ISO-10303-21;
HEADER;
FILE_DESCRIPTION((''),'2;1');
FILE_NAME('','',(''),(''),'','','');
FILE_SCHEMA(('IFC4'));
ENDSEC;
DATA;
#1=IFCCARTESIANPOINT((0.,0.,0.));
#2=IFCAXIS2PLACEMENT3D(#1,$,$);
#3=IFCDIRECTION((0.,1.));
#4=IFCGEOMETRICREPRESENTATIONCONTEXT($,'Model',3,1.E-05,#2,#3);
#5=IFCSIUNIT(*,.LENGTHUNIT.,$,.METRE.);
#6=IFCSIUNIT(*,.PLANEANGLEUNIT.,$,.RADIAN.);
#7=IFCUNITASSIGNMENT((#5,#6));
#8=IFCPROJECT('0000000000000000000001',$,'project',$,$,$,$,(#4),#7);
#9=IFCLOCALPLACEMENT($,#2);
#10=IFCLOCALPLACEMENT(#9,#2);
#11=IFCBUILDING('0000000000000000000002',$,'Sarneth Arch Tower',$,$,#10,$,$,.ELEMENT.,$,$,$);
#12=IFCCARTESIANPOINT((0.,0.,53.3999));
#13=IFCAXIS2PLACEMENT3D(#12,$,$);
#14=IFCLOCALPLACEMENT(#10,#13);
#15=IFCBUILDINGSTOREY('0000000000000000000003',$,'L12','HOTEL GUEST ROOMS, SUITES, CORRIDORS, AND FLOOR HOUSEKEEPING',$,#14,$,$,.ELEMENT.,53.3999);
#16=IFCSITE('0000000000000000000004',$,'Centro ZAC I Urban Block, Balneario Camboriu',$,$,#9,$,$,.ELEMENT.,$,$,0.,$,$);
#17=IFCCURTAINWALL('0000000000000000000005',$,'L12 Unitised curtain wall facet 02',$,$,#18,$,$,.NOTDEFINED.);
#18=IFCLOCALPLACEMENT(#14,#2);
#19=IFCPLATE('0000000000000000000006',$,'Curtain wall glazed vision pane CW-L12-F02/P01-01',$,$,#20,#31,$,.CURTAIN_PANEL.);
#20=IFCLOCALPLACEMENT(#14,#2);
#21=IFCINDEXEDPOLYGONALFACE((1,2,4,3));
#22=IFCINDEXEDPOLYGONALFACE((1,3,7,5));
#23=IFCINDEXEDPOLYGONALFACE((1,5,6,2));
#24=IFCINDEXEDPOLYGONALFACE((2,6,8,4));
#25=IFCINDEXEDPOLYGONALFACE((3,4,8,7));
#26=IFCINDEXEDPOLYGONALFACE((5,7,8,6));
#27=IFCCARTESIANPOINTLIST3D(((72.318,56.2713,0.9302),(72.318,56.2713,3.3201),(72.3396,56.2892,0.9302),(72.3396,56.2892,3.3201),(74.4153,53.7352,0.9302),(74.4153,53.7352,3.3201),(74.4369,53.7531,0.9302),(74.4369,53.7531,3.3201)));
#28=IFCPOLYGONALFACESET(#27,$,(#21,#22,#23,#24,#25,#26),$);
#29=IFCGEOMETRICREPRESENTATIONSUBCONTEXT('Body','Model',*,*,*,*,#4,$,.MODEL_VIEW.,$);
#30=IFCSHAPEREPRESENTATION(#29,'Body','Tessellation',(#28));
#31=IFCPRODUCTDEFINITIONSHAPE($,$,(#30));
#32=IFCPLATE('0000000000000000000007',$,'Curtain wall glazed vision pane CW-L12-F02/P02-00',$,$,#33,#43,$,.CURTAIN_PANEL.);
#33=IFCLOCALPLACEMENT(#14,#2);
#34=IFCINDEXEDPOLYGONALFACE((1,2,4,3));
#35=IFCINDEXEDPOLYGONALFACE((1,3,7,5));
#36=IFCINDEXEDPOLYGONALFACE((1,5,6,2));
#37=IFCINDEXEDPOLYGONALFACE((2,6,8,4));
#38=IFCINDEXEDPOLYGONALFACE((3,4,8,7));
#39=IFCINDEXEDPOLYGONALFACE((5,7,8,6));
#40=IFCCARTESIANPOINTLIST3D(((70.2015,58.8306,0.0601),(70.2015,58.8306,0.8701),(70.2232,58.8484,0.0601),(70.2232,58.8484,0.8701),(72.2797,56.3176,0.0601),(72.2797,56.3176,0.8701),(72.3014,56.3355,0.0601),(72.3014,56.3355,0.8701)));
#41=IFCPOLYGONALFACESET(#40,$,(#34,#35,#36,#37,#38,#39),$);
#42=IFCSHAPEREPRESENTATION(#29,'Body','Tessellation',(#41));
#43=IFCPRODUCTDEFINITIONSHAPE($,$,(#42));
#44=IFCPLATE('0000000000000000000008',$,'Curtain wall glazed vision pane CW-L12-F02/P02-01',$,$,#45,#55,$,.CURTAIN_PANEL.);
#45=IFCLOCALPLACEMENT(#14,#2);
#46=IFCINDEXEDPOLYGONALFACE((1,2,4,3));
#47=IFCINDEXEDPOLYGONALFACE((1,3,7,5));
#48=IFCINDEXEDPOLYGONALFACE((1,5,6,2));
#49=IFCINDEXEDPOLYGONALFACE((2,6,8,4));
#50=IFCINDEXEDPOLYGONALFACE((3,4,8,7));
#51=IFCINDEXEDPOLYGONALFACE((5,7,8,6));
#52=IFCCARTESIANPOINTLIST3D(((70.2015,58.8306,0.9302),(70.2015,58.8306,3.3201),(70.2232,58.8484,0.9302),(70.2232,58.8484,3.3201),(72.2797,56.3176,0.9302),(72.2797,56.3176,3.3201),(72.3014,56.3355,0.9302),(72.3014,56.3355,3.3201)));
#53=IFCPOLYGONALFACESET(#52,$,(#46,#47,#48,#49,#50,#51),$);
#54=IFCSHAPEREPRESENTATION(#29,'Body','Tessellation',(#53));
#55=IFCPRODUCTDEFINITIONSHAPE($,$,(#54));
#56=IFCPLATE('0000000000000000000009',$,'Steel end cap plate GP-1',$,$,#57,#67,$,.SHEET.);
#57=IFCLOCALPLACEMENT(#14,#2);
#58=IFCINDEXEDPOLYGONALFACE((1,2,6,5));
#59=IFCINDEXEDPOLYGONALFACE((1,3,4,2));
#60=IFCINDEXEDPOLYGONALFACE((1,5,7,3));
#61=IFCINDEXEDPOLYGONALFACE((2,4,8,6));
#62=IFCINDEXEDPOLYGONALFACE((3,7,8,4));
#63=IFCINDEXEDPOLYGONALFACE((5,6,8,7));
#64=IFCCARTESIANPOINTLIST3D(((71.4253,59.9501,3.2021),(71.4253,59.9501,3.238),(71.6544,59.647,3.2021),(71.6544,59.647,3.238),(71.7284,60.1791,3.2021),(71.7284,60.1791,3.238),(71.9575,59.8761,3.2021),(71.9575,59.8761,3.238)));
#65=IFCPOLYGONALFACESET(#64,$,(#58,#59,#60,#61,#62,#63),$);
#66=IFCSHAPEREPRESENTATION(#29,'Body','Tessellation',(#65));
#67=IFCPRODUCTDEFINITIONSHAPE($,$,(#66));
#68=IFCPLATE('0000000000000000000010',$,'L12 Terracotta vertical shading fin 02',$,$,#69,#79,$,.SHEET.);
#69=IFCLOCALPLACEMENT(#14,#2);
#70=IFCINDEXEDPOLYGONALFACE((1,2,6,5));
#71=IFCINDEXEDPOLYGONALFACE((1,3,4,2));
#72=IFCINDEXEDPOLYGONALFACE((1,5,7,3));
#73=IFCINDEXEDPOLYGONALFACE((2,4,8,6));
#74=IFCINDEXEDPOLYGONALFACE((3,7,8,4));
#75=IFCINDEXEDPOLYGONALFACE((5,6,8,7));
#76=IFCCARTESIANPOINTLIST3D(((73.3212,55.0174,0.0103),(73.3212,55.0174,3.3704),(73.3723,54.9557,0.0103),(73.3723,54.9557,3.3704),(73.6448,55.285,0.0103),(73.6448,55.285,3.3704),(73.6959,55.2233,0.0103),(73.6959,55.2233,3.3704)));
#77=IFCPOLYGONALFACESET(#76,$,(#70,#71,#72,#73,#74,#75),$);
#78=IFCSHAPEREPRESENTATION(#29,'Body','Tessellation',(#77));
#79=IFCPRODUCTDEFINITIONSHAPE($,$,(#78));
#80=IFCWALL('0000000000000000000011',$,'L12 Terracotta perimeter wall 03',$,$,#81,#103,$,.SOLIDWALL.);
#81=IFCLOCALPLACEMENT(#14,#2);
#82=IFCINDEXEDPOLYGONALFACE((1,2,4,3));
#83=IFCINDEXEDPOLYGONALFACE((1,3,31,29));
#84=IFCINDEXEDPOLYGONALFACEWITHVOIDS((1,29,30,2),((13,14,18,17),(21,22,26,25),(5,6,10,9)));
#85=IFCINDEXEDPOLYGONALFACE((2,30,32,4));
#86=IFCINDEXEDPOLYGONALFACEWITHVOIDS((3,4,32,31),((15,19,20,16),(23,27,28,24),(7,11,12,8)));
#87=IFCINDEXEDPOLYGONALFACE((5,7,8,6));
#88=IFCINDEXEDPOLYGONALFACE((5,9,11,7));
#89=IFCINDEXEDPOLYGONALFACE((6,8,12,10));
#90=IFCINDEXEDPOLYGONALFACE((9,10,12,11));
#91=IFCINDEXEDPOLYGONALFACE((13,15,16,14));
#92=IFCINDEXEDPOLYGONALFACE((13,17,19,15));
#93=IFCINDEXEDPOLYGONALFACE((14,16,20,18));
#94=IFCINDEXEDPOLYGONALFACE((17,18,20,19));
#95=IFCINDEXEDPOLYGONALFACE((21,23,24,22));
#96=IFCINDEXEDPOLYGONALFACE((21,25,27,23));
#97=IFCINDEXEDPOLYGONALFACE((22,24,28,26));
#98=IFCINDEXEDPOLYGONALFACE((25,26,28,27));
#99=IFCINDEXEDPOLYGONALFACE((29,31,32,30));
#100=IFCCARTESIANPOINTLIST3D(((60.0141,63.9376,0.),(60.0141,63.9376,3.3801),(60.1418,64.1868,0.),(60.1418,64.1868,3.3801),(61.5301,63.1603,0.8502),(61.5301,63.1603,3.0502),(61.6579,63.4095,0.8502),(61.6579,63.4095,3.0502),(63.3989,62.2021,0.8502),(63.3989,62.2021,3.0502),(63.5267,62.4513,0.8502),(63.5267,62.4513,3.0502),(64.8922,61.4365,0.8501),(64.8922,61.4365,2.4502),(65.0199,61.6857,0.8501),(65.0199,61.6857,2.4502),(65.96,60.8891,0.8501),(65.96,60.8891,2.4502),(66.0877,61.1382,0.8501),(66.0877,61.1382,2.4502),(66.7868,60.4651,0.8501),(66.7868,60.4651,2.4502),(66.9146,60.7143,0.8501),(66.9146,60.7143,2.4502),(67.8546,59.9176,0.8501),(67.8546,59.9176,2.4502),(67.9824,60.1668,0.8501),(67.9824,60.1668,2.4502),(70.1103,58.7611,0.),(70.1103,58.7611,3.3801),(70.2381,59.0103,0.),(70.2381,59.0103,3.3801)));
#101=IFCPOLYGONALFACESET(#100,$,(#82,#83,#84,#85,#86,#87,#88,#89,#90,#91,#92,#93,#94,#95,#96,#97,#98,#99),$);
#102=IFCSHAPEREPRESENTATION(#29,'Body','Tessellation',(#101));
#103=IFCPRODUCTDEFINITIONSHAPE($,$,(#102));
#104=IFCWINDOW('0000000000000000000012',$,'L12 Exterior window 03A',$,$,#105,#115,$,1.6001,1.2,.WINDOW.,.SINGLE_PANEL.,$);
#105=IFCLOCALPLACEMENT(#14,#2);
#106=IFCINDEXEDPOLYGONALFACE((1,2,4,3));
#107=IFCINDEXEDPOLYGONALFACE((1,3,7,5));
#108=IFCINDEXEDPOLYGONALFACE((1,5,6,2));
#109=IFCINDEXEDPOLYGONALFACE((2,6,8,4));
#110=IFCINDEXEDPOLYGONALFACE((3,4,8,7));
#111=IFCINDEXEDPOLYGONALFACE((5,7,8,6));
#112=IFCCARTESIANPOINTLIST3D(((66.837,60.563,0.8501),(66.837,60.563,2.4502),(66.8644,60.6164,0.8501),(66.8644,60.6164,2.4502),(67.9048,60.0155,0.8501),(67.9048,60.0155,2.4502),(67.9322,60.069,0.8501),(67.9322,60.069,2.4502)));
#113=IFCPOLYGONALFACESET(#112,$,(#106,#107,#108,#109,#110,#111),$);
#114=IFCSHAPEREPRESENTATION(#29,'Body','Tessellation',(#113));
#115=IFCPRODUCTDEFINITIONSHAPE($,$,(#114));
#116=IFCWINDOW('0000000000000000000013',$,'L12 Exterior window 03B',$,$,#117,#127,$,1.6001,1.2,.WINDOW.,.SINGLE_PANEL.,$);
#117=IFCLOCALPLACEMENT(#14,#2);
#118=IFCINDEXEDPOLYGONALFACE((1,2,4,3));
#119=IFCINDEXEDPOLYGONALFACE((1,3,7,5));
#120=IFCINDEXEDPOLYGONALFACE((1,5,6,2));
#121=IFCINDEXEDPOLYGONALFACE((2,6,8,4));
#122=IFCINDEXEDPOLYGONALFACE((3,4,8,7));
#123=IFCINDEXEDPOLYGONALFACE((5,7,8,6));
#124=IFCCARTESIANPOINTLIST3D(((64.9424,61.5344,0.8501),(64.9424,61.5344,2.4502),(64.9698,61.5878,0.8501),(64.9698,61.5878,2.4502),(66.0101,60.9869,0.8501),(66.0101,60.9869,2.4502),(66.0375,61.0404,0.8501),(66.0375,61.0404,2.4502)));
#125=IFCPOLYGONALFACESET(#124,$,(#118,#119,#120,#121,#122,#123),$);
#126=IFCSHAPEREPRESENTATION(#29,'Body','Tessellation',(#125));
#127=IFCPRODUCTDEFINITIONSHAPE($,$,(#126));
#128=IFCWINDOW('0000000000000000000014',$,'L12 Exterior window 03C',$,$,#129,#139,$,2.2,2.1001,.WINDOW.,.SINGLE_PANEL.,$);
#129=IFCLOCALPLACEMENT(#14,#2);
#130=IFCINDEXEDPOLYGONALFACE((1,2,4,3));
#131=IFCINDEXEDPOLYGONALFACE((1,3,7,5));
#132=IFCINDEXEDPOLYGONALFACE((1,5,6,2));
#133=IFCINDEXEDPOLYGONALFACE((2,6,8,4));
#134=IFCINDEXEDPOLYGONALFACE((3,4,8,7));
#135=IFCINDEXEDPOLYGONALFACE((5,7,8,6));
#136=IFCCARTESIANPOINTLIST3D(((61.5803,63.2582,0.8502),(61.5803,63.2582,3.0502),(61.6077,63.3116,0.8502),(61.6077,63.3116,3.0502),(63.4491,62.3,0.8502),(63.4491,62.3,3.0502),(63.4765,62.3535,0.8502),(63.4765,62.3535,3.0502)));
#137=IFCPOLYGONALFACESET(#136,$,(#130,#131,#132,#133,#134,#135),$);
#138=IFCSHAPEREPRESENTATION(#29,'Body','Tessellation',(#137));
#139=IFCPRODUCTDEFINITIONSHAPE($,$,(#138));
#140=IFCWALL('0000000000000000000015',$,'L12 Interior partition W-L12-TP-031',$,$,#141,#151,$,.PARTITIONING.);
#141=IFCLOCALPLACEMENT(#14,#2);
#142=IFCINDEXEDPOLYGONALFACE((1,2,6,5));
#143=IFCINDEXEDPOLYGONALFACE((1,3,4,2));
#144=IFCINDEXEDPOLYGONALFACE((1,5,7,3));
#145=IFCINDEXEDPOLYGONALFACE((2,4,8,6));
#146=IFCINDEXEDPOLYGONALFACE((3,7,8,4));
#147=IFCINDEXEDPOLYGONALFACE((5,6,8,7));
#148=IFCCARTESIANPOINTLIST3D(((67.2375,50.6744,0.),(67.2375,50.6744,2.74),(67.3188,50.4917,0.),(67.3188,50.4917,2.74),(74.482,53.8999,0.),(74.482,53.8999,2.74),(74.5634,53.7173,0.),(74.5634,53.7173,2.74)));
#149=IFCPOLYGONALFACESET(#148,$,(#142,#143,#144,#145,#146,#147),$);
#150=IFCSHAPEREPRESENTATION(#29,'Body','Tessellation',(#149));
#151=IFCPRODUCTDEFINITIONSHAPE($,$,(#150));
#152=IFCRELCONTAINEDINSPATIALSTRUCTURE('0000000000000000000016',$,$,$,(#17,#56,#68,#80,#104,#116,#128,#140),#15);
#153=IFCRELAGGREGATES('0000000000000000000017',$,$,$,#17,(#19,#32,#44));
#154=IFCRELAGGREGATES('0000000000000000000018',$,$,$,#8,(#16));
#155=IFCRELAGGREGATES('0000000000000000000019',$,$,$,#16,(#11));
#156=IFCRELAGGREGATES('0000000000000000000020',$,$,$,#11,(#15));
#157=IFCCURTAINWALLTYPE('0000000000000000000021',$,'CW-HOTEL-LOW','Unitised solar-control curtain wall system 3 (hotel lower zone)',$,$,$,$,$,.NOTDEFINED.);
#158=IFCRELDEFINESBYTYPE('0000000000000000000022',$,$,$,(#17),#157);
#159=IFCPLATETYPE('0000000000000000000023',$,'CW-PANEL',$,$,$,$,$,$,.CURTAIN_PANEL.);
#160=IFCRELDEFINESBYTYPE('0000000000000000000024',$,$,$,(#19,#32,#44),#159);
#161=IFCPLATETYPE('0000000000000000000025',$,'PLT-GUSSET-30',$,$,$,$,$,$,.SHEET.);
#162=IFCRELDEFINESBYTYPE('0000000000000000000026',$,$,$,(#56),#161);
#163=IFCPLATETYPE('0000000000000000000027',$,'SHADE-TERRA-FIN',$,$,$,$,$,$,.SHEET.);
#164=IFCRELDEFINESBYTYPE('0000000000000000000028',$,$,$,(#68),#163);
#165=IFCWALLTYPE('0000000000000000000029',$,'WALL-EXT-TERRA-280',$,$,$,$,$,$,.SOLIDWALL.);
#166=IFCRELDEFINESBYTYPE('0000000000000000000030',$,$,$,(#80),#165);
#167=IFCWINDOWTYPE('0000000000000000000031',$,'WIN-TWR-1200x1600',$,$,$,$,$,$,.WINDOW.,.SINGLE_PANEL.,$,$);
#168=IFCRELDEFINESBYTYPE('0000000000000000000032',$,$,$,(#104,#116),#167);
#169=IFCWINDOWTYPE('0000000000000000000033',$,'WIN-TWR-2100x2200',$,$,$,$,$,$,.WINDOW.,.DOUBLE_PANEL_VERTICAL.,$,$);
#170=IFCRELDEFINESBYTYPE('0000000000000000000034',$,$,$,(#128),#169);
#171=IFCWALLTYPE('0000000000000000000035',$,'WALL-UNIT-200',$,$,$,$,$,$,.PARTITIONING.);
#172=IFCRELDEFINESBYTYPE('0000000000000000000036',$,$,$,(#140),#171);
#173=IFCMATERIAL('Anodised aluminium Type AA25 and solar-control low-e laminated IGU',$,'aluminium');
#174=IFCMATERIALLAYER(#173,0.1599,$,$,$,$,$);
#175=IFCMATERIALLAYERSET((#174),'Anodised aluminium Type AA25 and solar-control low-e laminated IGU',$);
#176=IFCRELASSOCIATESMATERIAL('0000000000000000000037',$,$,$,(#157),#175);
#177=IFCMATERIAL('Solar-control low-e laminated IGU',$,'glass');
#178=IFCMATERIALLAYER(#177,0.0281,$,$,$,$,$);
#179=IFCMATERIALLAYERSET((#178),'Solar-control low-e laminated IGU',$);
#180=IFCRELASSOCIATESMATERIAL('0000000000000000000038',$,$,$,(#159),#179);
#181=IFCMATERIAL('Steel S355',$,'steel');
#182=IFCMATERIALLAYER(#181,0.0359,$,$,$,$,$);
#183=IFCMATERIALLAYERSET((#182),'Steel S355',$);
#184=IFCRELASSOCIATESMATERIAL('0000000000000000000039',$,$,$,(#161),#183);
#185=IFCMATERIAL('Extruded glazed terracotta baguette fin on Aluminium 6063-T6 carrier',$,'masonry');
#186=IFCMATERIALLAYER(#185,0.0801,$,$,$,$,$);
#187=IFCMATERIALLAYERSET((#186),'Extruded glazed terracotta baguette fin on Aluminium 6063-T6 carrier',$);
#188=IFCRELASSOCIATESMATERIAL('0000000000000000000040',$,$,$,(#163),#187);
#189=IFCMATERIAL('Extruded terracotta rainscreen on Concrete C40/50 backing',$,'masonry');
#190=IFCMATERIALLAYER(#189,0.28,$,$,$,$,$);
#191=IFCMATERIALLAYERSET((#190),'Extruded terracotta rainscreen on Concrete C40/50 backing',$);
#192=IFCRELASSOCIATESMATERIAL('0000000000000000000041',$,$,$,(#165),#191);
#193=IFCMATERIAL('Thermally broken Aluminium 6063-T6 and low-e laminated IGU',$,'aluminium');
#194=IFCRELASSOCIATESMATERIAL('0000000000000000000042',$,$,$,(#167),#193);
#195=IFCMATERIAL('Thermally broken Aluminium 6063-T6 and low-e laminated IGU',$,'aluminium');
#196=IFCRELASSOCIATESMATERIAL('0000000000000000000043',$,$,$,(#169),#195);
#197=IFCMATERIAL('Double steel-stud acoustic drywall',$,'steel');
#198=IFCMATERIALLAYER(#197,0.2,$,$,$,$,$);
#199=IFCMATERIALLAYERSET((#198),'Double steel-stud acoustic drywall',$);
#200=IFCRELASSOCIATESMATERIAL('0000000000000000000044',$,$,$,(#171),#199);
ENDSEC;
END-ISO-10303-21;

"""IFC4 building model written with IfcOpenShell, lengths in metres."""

from ifc_helpers import new_model, si_unit, direction, frame, frame_2d, origin, origin_2d, place, context, subcontext, project, spatial, rectangle, extrude, material, layer, layer_set, type_object, element, fill, aggregate, save


model = new_model("IFC4")

# Units and contexts
model_context = context("Model", 3, precision=1e-05, world=origin(), true_north=direction((0.0, 1.0)))
body_context = subcontext(model_context, "Body", "Model", "MODEL_VIEW")
ifc_project = project(units=[si_unit("LENGTHUNIT", "METRE"), si_unit("PLANEANGLEUNIT", "RADIAN")], contexts=[model_context])

# Site, building, storey
site_placement = place(None, origin())
site = spatial("IfcSite", under=ifc_project, at=site_placement, Name="Centro ZAC I Urban Block, Balneario Camboriu", CompositionType="ELEMENT", RefElevation=0.0)
building_placement = place(site_placement, origin())
building = spatial("IfcBuilding", under=site, at=building_placement, Name="Sarneth Arch Tower", CompositionType="ELEMENT")
storey_placement = place(building_placement, frame((0.0, 0.0, 53.3999)))
storey = spatial("IfcBuildingStorey", under=building, at=storey_placement, Name="L12", Description="HOTEL GUEST ROOMS, SUITES, CORRIDORS, AND FLOOR HOUSEKEEPING", CompositionType="ELEMENT", Elevation=53.3999)

# Curtain wall
ifc_material_1 = material(Name="Anodised aluminium Type AA25 and solar-control low-e laminated IGU", Category="aluminium")
ifc_layer_1 = layer(ifc_material_1, 0.1599)
ifc_layer_set_1 = layer_set([ifc_layer_1], Name="Anodised aluminium Type AA25 and solar-control low-e laminated IGU")
curtain_wall_type = type_object("IfcCurtainWallType", Name="CW-HOTEL-LOW", Description="Unitised solar-control curtain wall system 3 (hotel lower zone)", PredefinedType="NOTDEFINED", material=ifc_layer_set_1)
curtain_wall_placement = place(storey_placement, origin())
curtain_wall = element("IfcCurtainWall", 1, at=curtain_wall_placement, inside=storey, type_object=curtain_wall_type, Name="L12 Unitised curtain wall facet 02", PredefinedType="NOTDEFINED")

# Plates
ifc_material_2 = material(Name="Solar-control low-e laminated IGU", Category="glass")
ifc_layer_2 = layer(ifc_material_2, 0.0281)
ifc_layer_set_2 = layer_set([ifc_layer_2], Name="Solar-control low-e laminated IGU")
plate_type_1 = type_object("IfcPlateType", Name="CW-PANEL", PredefinedType="CURTAIN_PANEL", material=ifc_layer_set_2)
plate_1_placement = place(storey_placement, frame((73.3774, 55.0122, 0.9302), z_axis=(0.0, 0.0, 1.0), x_axis=(-0.637291, 0.770623, 0.0)))
plate_1 = element("IfcPlate", 2, at=plate_1_placement, type_object=plate_type_1, Name="Curtain wall glazed vision pane CW-L12-F02/P01-01", PredefinedType="CURTAIN_PANEL", context=body_context, shape_type="SweptSolid", body=[
    extrude(rectangle(XDim=3.291, YDim=0.0281, at=origin_2d()), origin(), (0.0, 0.0, 1.0), 2.3899),
])
plate_2_placement = place(storey_placement, frame((71.2515, 57.583, 0.0601), z_axis=(0.0, 0.0, 1.0), x_axis=(-0.637291, 0.770623, 0.0)))
plate_2 = element("IfcPlate", 3, at=plate_2_placement, type_object=plate_type_1, Name="Curtain wall glazed vision pane CW-L12-F02/P02-00", PredefinedType="CURTAIN_PANEL", context=body_context, shape_type="SweptSolid", body=[
    extrude(rectangle(XDim=3.261, YDim=0.0281, at=origin_2d()), origin(), (0.0, 0.0, 1.0), 0.8101),
])
plate_3_placement = place(storey_placement, frame((71.2515, 57.583, 0.9302), z_axis=(0.0, 0.0, 1.0), x_axis=(-0.637291, 0.770623, 0.0)))
plate_3 = element("IfcPlate", 4, at=plate_3_placement, type_object=plate_type_1, Name="Curtain wall glazed vision pane CW-L12-F02/P02-01", PredefinedType="CURTAIN_PANEL", context=body_context, shape_type="SweptSolid", body=[
    extrude(rectangle(XDim=3.261, YDim=0.0281, at=origin_2d()), origin(), (0.0, 0.0, 1.0), 2.3899),
])
aggregate(curtain_wall, [plate_1, plate_2, plate_3])

# Plates
ifc_material_3 = material(Name="Steel S355", Category="steel")
ifc_layer_3 = layer(ifc_material_3, 0.0359)
ifc_layer_set_3 = layer_set([ifc_layer_3], Name="Steel S355")
plate_type_2 = type_object("IfcPlateType", Name="PLT-GUSSET-30", PredefinedType="SHEET", material=ifc_layer_set_3)
plate_4_placement = place(storey_placement, frame((71.6914, 59.9131, 3.2021), z_axis=(0.0, 0.0, 1.0), x_axis=(0.797689, 0.603069, 0.0)))
element("IfcPlate", 5, at=plate_4_placement, inside=storey, type_object=plate_type_2, Name="Steel end cap plate GP-1", PredefinedType="SHEET", context=body_context, shape_type="SweptSolid", body=[
    extrude(rectangle(XDim=0.3799, YDim=0.3799, at=origin_2d()), origin(), (0.0, 0.0, 1.0), 0.0359),
])
ifc_material_4 = material(Name="Extruded glazed terracotta baguette fin on Aluminium 6063-T6 carrier", Category="masonry")
ifc_layer_4 = layer(ifc_material_4, 0.0801)
ifc_layer_set_4 = layer_set([ifc_layer_4], Name="Extruded glazed terracotta baguette fin on Aluminium 6063-T6 carrier")
plate_type_3 = type_object("IfcPlateType", Name="SHADE-TERRA-FIN", PredefinedType="SHEET", material=ifc_layer_set_4)
plate_5_placement = place(storey_placement, frame((73.5085, 55.1204, 0.0103), z_axis=(0.0, 0.0, 1.0), x_axis=(0.770624, 0.63729, 0.0)))
element("IfcPlate", 6, at=plate_5_placement, inside=storey, type_object=plate_type_3, Name="L12 Terracotta vertical shading fin 02", PredefinedType="SHEET", context=body_context, shape_type="SweptSolid", body=[
    extrude(rectangle(XDim=0.4199, YDim=0.0801, at=origin_2d()), origin(), (0.0, 0.0, 1.0), 3.3601),
])

# Wall, openings, windows
ifc_material_5 = material(Name="Extruded terracotta rainscreen on Concrete C40/50 backing", Category="masonry")
ifc_layer_5 = layer(ifc_material_5, 0.28)
ifc_layer_set_5 = layer_set([ifc_layer_5], Name="Extruded terracotta rainscreen on Concrete C40/50 backing")
wall_type_1 = type_object("IfcWallType", Name="WALL-EXT-TERRA-280", PredefinedType="SOLIDWALL", material=ifc_layer_set_5)
wall_1_placement = place(storey_placement, frame((70.1741, 58.8857, 0.0), z_axis=(0.0, 0.0, 1.0), x_axis=(-0.889854, 0.456245, 0.0)))
wall_1 = element("IfcWall", 7, at=wall_1_placement, inside=storey, type_object=wall_type_1, Name="L12 Terracotta perimeter wall 03", PredefinedType="SOLIDWALL", context=body_context, shape_type="SweptSolid", body=[
    extrude(rectangle(XDim=11.3459, YDim=0.28, at=frame_2d((5.6729, 0.0))), origin(), (0.0, 0.0, 1.0), 3.3801),
])
opening_1_placement = place(wall_1_placement, frame((2.5347, 0.0, 0.8501)))
opening_1 = element("IfcOpeningElement", 8, at=opening_1_placement, cuts=wall_1, PredefinedType="OPENING", context=body_context, shape_type="SweptSolid", body=[
    extrude(rectangle(XDim=1.2, YDim=1.6001, at=frame_2d((0.6001, 0.8))), frame((0.0, 0.1499, 0.0), z_axis=(0.0, -1.0, 0.0), x_axis=(1.0, 0.0, 0.0)), (0.0, 0.0, 1.0), 0.3),
])
opening_2_placement = place(wall_1_placement, frame((4.6638, 0.0, 0.8501)))
opening_2 = element("IfcOpeningElement", 9, at=opening_2_placement, cuts=wall_1, PredefinedType="OPENING", context=body_context, shape_type="SweptSolid", body=[
    extrude(rectangle(XDim=1.2, YDim=1.6001, at=frame_2d((0.6001, 0.8))), frame((0.0, 0.1499, 0.0), z_axis=(0.0, -1.0, 0.0), x_axis=(1.0, 0.0, 0.0)), (0.0, 0.0, 1.0), 0.3),
])
opening_3_placement = place(wall_1_placement, frame((7.542, 0.0, 0.8501)))
opening_3 = element("IfcOpeningElement", 10, at=opening_3_placement, cuts=wall_1, PredefinedType="OPENING", context=body_context, shape_type="SweptSolid", body=[
    extrude(rectangle(XDim=2.1001, YDim=2.2, at=frame_2d((1.05, 1.1001))), frame((0.0, 0.1499, 0.0), z_axis=(0.0, -1.0, 0.0), x_axis=(1.0, 0.0, 0.0)), (0.0, 0.0, 1.0), 0.3),
])
ifc_material_6 = material(Name="Thermally broken Aluminium 6063-T6 and low-e laminated IGU", Category="aluminium")
window_type_1 = type_object("IfcWindowType", Name="WIN-TWR-1200x1600", PartitioningType="SINGLE_PANEL", PredefinedType="WINDOW", material=ifc_material_6)
window_1_placement = place(opening_1_placement, origin())
window_1 = element("IfcWindow", 11, at=window_1_placement, inside=storey, type_object=window_type_1, Name="L12 Exterior window 03A", OverallHeight=1.6001, OverallWidth=1.2, PartitioningType="SINGLE_PANEL", PredefinedType="WINDOW", context=body_context, shape_type="SweptSolid", body=[
    extrude(rectangle(XDim=1.2, YDim=1.6001, at=frame_2d((0.6001, 0.8))), frame((0.0, 0.03, 0.0), z_axis=(0.0, -1.0, 0.0), x_axis=(1.0, 0.0, 0.0)), (0.0, 0.0, 1.0), 0.0601),
])
fill(opening_1, window_1)
window_2_placement = place(opening_2_placement, origin())
window_2 = element("IfcWindow", 12, at=window_2_placement, inside=storey, type_object=window_type_1, Name="L12 Exterior window 03B", OverallHeight=1.6001, OverallWidth=1.2, PartitioningType="SINGLE_PANEL", PredefinedType="WINDOW", context=body_context, shape_type="SweptSolid", body=[
    extrude(rectangle(XDim=1.2, YDim=1.6001, at=frame_2d((0.6001, 0.8))), frame((0.0, 0.03, 0.0), z_axis=(0.0, -1.0, 0.0), x_axis=(1.0, 0.0, 0.0)), (0.0, 0.0, 1.0), 0.0601),
])
fill(opening_2, window_2)
ifc_material_7 = material(Name="Thermally broken Aluminium 6063-T6 and low-e laminated IGU", Category="aluminium")
window_type_2 = type_object("IfcWindowType", Name="WIN-TWR-2100x2200", PartitioningType="DOUBLE_PANEL_VERTICAL", PredefinedType="WINDOW", material=ifc_material_7)
window_3_placement = place(opening_3_placement, origin())
window_3 = element("IfcWindow", 13, at=window_3_placement, inside=storey, type_object=window_type_2, Name="L12 Exterior window 03C", OverallHeight=2.2, OverallWidth=2.1001, PartitioningType="SINGLE_PANEL", PredefinedType="WINDOW", context=body_context, shape_type="SweptSolid", body=[
    extrude(rectangle(XDim=2.1001, YDim=2.2, at=frame_2d((1.05, 1.1001))), frame((0.0, 0.03, 0.0), z_axis=(0.0, -1.0, 0.0), x_axis=(1.0, 0.0, 0.0)), (0.0, 0.0, 1.0), 0.0601),
])
fill(opening_3, window_3)

# Wall
ifc_material_8 = material(Name="Double steel-stud acoustic drywall", Category="steel")
ifc_layer_6 = layer(ifc_material_8, 0.2)
ifc_layer_set_6 = layer_set([ifc_layer_6], Name="Double steel-stud acoustic drywall")
wall_type_2 = type_object("IfcWallType", Name="WALL-UNIT-200", PredefinedType="PARTITIONING", material=ifc_layer_set_6)
wall_2_placement = place(storey_placement, frame((74.5227, 53.8086, 0.0), z_axis=(0.0, 0.0, 1.0), x_axis=(-0.913542, -0.406744, 0.0)))
element("IfcWall", 14, at=wall_2_placement, inside=storey, type_object=wall_type_2, Name="L12 Interior partition W-L12-TP-031", PredefinedType="PARTITIONING", context=body_context, shape_type="SweptSolid", body=[
    extrude(rectangle(XDim=7.9302, YDim=0.2, at=frame_2d((3.9651, 0.0))), origin(), (0.0, 0.0, 1.0), 2.74),
])

save(model, "model.ifc")
